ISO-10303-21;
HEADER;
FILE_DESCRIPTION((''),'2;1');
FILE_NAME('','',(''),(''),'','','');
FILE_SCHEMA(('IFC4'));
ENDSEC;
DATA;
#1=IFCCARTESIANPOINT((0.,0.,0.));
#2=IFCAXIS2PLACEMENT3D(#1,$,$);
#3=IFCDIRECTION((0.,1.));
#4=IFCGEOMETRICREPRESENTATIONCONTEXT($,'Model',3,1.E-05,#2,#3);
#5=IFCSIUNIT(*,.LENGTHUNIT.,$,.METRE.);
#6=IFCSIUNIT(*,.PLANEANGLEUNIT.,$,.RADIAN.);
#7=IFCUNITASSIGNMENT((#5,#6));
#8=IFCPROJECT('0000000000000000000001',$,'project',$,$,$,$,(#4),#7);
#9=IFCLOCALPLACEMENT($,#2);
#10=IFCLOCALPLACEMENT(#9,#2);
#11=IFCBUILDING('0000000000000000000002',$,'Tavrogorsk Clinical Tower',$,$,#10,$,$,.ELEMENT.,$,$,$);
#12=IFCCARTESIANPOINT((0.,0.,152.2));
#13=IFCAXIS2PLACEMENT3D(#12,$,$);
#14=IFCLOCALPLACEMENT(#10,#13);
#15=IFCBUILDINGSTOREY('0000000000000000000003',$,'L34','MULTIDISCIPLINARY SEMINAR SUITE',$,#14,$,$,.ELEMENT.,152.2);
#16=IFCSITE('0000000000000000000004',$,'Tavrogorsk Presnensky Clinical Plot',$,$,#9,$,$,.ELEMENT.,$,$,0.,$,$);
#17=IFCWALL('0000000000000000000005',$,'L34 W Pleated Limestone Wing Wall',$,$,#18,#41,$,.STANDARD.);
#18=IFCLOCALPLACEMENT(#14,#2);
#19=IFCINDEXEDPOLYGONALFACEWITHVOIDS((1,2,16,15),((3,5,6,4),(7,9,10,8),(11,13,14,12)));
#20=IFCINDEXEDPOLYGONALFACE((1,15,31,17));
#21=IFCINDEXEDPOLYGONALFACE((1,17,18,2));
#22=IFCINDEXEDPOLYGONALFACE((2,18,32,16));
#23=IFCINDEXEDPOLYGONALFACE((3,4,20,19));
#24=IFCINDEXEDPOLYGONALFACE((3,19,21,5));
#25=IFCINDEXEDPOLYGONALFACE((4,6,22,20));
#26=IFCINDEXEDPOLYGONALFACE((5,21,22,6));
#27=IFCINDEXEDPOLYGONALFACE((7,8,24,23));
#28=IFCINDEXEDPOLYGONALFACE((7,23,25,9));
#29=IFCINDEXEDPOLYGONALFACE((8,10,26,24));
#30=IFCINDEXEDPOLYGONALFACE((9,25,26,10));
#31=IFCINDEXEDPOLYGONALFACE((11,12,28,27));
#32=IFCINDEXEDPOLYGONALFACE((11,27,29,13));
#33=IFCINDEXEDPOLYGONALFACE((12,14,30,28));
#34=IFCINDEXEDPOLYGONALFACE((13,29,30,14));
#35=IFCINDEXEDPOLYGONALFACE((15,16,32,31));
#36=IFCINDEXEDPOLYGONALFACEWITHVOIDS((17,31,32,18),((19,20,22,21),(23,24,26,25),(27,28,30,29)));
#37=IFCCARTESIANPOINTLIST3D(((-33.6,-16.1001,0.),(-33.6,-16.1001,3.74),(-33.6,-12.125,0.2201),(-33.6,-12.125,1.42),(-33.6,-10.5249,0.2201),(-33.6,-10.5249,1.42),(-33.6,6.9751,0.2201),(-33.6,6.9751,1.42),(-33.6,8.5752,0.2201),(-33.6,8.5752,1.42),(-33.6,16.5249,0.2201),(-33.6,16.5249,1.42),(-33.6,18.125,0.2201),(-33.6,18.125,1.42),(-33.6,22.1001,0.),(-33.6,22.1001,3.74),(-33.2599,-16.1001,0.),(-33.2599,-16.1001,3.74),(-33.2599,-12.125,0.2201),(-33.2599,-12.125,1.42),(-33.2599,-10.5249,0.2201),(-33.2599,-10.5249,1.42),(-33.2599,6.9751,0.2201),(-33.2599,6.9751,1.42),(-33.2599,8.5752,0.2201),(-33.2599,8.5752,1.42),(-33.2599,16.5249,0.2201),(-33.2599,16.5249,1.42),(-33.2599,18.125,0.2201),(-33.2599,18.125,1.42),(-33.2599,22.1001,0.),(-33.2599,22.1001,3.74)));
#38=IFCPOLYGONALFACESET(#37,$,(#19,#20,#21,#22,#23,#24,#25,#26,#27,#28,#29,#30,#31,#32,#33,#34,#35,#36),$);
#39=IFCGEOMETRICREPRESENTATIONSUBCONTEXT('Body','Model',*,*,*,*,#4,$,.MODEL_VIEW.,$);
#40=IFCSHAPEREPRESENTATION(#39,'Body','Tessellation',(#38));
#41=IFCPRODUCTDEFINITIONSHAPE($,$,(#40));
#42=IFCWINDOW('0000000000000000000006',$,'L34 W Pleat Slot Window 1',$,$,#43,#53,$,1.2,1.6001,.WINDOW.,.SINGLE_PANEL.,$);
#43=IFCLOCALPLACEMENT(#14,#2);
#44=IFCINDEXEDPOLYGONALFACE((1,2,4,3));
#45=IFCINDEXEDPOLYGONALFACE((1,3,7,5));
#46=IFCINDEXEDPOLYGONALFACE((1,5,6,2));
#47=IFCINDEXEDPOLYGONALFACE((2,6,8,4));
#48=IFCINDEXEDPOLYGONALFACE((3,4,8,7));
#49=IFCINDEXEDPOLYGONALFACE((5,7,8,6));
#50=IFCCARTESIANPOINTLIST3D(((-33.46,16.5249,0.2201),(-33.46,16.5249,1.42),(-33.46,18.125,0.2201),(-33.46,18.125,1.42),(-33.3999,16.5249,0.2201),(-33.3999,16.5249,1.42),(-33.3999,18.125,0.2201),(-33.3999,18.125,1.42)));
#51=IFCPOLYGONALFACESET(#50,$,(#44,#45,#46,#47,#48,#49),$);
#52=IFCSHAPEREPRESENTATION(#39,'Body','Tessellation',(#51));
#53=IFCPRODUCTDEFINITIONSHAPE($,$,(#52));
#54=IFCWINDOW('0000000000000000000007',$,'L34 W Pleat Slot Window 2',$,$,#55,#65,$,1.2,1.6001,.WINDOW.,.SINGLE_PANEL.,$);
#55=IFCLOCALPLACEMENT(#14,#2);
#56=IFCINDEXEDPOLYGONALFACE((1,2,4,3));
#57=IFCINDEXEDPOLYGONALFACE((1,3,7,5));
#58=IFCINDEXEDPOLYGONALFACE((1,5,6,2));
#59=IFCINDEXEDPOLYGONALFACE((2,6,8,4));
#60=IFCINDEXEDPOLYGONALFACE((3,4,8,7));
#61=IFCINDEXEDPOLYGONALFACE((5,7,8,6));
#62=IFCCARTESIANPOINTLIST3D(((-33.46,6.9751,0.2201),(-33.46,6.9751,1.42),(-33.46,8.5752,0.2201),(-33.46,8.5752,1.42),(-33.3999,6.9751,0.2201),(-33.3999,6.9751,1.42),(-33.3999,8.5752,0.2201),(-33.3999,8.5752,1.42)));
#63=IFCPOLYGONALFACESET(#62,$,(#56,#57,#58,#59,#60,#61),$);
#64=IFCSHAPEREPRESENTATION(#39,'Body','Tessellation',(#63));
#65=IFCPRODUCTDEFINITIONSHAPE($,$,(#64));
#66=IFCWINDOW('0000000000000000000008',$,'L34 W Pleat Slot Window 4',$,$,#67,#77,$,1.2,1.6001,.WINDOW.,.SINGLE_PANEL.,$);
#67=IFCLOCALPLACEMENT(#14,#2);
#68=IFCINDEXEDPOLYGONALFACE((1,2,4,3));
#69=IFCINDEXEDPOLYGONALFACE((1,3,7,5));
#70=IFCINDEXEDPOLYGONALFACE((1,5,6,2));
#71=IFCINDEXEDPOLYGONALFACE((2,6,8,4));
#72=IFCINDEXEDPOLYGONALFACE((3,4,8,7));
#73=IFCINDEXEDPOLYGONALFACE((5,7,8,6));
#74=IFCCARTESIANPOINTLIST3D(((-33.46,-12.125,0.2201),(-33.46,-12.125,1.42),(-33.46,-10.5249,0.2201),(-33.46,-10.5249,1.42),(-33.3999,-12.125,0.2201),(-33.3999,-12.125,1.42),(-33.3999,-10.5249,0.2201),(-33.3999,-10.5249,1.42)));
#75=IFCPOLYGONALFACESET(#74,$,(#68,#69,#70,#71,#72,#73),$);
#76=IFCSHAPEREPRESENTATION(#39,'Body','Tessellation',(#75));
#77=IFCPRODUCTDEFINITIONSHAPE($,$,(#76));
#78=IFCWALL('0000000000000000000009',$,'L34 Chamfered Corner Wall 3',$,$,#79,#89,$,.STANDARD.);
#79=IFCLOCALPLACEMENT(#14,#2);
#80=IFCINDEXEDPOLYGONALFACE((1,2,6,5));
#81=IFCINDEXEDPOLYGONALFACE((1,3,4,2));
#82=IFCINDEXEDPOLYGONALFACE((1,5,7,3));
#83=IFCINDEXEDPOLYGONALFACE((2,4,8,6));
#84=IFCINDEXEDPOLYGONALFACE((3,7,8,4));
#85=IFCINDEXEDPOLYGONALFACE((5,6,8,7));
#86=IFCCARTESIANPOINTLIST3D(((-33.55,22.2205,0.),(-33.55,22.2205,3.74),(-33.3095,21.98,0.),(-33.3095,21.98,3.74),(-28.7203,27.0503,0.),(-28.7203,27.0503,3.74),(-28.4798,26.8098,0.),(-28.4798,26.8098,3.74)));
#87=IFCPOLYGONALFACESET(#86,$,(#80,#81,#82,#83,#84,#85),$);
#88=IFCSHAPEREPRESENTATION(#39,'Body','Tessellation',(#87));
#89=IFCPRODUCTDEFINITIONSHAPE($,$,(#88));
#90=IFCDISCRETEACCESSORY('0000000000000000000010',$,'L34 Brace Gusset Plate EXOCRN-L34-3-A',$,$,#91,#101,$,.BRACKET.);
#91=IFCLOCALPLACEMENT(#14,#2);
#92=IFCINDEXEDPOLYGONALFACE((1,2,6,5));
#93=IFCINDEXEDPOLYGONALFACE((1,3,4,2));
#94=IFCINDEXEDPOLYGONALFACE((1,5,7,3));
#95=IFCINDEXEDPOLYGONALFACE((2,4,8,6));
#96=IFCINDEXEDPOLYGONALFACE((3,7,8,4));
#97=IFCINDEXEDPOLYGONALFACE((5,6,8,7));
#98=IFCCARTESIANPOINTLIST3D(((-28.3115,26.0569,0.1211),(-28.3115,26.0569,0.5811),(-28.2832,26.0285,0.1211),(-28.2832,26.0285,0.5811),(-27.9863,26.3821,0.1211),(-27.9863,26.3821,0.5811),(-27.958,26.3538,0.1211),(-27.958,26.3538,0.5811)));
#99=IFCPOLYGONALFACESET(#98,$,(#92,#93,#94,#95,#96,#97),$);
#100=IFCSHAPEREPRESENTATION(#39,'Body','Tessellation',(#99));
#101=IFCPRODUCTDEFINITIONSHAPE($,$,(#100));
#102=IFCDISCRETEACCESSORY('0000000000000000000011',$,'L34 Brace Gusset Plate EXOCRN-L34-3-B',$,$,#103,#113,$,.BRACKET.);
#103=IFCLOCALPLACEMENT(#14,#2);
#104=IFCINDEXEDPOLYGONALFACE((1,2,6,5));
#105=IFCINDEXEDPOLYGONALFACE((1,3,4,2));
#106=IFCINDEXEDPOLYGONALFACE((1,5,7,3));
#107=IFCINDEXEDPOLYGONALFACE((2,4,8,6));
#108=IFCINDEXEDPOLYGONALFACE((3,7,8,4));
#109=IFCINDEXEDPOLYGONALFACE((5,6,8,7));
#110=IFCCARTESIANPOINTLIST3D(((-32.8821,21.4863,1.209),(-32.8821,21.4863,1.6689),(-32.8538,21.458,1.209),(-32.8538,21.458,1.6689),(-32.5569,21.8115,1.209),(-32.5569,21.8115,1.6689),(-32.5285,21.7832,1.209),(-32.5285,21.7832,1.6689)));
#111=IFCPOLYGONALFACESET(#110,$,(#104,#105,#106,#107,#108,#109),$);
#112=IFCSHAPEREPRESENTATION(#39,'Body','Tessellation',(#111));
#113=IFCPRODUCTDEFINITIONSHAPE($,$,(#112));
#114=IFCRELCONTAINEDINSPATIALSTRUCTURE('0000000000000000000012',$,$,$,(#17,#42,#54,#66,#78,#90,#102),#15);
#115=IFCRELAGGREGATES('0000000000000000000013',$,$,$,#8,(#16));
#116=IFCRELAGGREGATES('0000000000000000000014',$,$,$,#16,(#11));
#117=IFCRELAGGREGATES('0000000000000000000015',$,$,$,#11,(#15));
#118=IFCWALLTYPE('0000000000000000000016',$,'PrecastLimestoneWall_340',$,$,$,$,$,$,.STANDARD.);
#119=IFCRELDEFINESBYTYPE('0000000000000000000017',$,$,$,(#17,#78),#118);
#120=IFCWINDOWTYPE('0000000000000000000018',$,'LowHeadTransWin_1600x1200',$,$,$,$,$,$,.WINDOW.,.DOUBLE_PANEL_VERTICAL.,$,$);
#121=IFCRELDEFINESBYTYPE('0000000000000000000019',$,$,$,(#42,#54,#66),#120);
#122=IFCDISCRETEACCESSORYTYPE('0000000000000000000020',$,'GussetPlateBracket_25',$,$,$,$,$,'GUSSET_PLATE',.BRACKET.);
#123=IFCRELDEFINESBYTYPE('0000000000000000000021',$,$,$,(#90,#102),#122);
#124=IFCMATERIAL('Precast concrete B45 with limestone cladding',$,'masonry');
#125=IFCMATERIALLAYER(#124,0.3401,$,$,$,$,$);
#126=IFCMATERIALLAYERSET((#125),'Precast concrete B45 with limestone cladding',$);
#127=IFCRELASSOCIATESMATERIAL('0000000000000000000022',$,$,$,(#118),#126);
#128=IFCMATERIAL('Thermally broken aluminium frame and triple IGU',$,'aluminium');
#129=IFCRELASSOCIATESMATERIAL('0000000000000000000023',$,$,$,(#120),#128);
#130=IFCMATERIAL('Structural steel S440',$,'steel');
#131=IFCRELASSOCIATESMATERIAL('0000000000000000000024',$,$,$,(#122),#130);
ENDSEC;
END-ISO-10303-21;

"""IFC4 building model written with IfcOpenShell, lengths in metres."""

from ifc_helpers import new_model, si_unit, direction, frame, frame_2d, origin, origin_2d, place, context, subcontext, project, spatial, rectangle, extrude, material, layer, layer_set, type_object, element, fill, save


model = new_model("IFC4")

# Units and contexts
model_context = context("Model", 3, precision=1e-05, world=origin(), true_north=direction((0.0, 1.0)))
body_context = subcontext(model_context, "Body", "Model", "MODEL_VIEW")
ifc_project = project(units=[si_unit("LENGTHUNIT", "METRE"), si_unit("PLANEANGLEUNIT", "RADIAN")], contexts=[model_context])

# Site, building, storey
site_placement = place(None, origin())
site = spatial("IfcSite", under=ifc_project, at=site_placement, Name="Tavrogorsk Presnensky Clinical Plot", CompositionType="ELEMENT", RefElevation=0.0)
building_placement = place(site_placement, origin())
building = spatial("IfcBuilding", under=site, at=building_placement, Name="Tavrogorsk Clinical Tower", CompositionType="ELEMENT")
storey_placement = place(building_placement, frame((0.0, 0.0, 152.2)))
storey = spatial("IfcBuildingStorey", under=building, at=storey_placement, Name="L34", Description="MULTIDISCIPLINARY SEMINAR SUITE", CompositionType="ELEMENT", Elevation=152.2)

# Wall, openings, windows
ifc_material_1 = material(Name="Precast concrete B45 with limestone cladding", Category="masonry")
ifc_layer_1 = layer(ifc_material_1, 0.3401)
ifc_layer_set_1 = layer_set([ifc_layer_1], Name="Precast concrete B45 with limestone cladding")
wall_type_1 = type_object("IfcWallType", Name="PrecastLimestoneWall_340", PredefinedType="STANDARD", material=ifc_layer_set_1)
wall_1_placement = place(storey_placement, frame((-33.4299, 22.1001, 0.0), z_axis=(0.0, 0.0, 1.0), x_axis=(0.0, -1.0, 0.0)))
wall_1 = element("IfcWall", 1, at=wall_1_placement, inside=storey, type_object=wall_type_1, Name="L34 W Pleated Limestone Wing Wall", PredefinedType="STANDARD", context=body_context, shape_type="SweptSolid", body=[
    extrude(rectangle(XDim=38.2002, YDim=0.3401, at=frame_2d((19.1001, 0.0))), origin(), (0.0, 0.0, 1.0), 3.74),
])
opening_1_placement = place(wall_1_placement, frame((3.9751, 0.0, 0.22)))
opening_1 = element("IfcOpeningElement", 2, at=opening_1_placement, cuts=wall_1, PredefinedType="OPENING", context=body_context, shape_type="SweptSolid", body=[
    extrude(rectangle(XDim=1.6001, YDim=1.2, at=frame_2d((0.8, 0.6001))), frame((0.0, 0.1799, 0.0), z_axis=(0.0, -1.0, 0.0), x_axis=(1.0, 0.0, 0.0)), (0.0, 0.0, 1.0), 0.3601),
])
opening_2_placement = place(wall_1_placement, frame((13.5249, 0.0, 0.22)))
opening_2 = element("IfcOpeningElement", 3, at=opening_2_placement, cuts=wall_1, PredefinedType="OPENING", context=body_context, shape_type="SweptSolid", body=[
    extrude(rectangle(XDim=1.6001, YDim=1.2, at=frame_2d((0.8, 0.6001))), frame((0.0, 0.1799, 0.0), z_axis=(0.0, -1.0, 0.0), x_axis=(1.0, 0.0, 0.0)), (0.0, 0.0, 1.0), 0.3601),
])
opening_3_placement = place(wall_1_placement, frame((32.625, 0.0, 0.22)))
opening_3 = element("IfcOpeningElement", 4, at=opening_3_placement, cuts=wall_1, PredefinedType="OPENING", context=body_context, shape_type="SweptSolid", body=[
    extrude(rectangle(XDim=1.6001, YDim=1.2, at=frame_2d((0.8, 0.6001))), frame((0.0, 0.1799, 0.0), z_axis=(0.0, -1.0, 0.0), x_axis=(1.0, 0.0, 0.0)), (0.0, 0.0, 1.0), 0.3601),
])
ifc_material_2 = material(Name="Thermally broken aluminium frame and triple IGU", Category="aluminium")
window_type = type_object("IfcWindowType", Name="LowHeadTransWin_1600x1200", PartitioningType="DOUBLE_PANEL_VERTICAL", PredefinedType="WINDOW", material=ifc_material_2)
window_1_placement = place(opening_1_placement, origin())
window_1 = element("IfcWindow", 5, at=window_1_placement, inside=storey, type_object=window_type, Name="L34 W Pleat Slot Window 1", OverallHeight=1.2, OverallWidth=1.6001, PartitioningType="SINGLE_PANEL", PredefinedType="WINDOW", context=body_context, shape_type="SweptSolid", body=[
    extrude(rectangle(XDim=1.6001, YDim=1.2, at=frame_2d((0.8, 0.6001))), frame((0.0, 0.03, 0.0), z_axis=(0.0, -1.0, 0.0), x_axis=(1.0, 0.0, 0.0)), (0.0, 0.0, 1.0), 0.0601),
])
fill(opening_1, window_1)
window_2_placement = place(opening_2_placement, origin())
window_2 = element("IfcWindow", 6, at=window_2_placement, inside=storey, type_object=window_type, Name="L34 W Pleat Slot Window 2", OverallHeight=1.2, OverallWidth=1.6001, PartitioningType="SINGLE_PANEL", PredefinedType="WINDOW", context=body_context, shape_type="SweptSolid", body=[
    extrude(rectangle(XDim=1.6001, YDim=1.2, at=frame_2d((0.8, 0.6001))), frame((0.0, 0.03, 0.0), z_axis=(0.0, -1.0, 0.0), x_axis=(1.0, 0.0, 0.0)), (0.0, 0.0, 1.0), 0.0601),
])
fill(opening_2, window_2)
window_3_placement = place(opening_3_placement, origin())
window_3 = element("IfcWindow", 7, at=window_3_placement, inside=storey, type_object=window_type, Name="L34 W Pleat Slot Window 4", OverallHeight=1.2, OverallWidth=1.6001, PartitioningType="SINGLE_PANEL", PredefinedType="WINDOW", context=body_context, shape_type="SweptSolid", body=[
    extrude(rectangle(XDim=1.6001, YDim=1.2, at=frame_2d((0.8, 0.6001))), frame((0.0, 0.03, 0.0), z_axis=(0.0, -1.0, 0.0), x_axis=(1.0, 0.0, 0.0)), (0.0, 0.0, 1.0), 0.0601),
])
fill(opening_3, window_3)

# Wall
wall_2_placement = place(storey_placement, frame((-28.6001, 26.9299, 0.0), z_axis=(0.0, 0.0, 1.0), x_axis=(-0.707107, -0.707107, 0.0)))
element("IfcWall", 8, at=wall_2_placement, inside=storey, type_object=wall_type_1, Name="L34 Chamfered Corner Wall 3", PredefinedType="STANDARD", context=body_context, shape_type="SweptSolid", body=[
    extrude(rectangle(XDim=6.8303, YDim=0.3401, at=frame_2d((3.415, 0.0))), origin(), (0.0, 0.0, 1.0), 3.74),
])

# Discrete accessories
ifc_material_3 = material(Name="Structural steel S440", Category="steel")
discrete_accessory_type = type_object("IfcDiscreteAccessoryType", Name="GussetPlateBracket_25", ElementType="GUSSET_PLATE", PredefinedType="BRACKET", material=ifc_material_3)
for number, where, z_axis, x_axis, name in (
    (9, (-28.1348, 26.2053, 0.1211), (0.0, 0.0, 1.0), (-0.707107, -0.707107, 0.0), "L34 Brace Gusset Plate EXOCRN-L34-3-A"),
    (10, (-32.7053, 21.6348, 1.209), (0.0, 0.0, 1.0), (-0.707107, -0.707107, 0.0), "L34 Brace Gusset Plate EXOCRN-L34-3-B"),
):
    element("IfcDiscreteAccessory", number, at=place(storey_placement, frame(where, z_axis=z_axis, x_axis=x_axis)), inside=storey, type_object=discrete_accessory_type, Name=name, PredefinedType="BRACKET", context=body_context, shape_type="SweptSolid", body=[
        extrude(rectangle(XDim=0.46, YDim=0.04, at=origin_2d()), origin(), (0.0, 0.0, 1.0), 0.46),
    ])

save(model, "model.ifc")
